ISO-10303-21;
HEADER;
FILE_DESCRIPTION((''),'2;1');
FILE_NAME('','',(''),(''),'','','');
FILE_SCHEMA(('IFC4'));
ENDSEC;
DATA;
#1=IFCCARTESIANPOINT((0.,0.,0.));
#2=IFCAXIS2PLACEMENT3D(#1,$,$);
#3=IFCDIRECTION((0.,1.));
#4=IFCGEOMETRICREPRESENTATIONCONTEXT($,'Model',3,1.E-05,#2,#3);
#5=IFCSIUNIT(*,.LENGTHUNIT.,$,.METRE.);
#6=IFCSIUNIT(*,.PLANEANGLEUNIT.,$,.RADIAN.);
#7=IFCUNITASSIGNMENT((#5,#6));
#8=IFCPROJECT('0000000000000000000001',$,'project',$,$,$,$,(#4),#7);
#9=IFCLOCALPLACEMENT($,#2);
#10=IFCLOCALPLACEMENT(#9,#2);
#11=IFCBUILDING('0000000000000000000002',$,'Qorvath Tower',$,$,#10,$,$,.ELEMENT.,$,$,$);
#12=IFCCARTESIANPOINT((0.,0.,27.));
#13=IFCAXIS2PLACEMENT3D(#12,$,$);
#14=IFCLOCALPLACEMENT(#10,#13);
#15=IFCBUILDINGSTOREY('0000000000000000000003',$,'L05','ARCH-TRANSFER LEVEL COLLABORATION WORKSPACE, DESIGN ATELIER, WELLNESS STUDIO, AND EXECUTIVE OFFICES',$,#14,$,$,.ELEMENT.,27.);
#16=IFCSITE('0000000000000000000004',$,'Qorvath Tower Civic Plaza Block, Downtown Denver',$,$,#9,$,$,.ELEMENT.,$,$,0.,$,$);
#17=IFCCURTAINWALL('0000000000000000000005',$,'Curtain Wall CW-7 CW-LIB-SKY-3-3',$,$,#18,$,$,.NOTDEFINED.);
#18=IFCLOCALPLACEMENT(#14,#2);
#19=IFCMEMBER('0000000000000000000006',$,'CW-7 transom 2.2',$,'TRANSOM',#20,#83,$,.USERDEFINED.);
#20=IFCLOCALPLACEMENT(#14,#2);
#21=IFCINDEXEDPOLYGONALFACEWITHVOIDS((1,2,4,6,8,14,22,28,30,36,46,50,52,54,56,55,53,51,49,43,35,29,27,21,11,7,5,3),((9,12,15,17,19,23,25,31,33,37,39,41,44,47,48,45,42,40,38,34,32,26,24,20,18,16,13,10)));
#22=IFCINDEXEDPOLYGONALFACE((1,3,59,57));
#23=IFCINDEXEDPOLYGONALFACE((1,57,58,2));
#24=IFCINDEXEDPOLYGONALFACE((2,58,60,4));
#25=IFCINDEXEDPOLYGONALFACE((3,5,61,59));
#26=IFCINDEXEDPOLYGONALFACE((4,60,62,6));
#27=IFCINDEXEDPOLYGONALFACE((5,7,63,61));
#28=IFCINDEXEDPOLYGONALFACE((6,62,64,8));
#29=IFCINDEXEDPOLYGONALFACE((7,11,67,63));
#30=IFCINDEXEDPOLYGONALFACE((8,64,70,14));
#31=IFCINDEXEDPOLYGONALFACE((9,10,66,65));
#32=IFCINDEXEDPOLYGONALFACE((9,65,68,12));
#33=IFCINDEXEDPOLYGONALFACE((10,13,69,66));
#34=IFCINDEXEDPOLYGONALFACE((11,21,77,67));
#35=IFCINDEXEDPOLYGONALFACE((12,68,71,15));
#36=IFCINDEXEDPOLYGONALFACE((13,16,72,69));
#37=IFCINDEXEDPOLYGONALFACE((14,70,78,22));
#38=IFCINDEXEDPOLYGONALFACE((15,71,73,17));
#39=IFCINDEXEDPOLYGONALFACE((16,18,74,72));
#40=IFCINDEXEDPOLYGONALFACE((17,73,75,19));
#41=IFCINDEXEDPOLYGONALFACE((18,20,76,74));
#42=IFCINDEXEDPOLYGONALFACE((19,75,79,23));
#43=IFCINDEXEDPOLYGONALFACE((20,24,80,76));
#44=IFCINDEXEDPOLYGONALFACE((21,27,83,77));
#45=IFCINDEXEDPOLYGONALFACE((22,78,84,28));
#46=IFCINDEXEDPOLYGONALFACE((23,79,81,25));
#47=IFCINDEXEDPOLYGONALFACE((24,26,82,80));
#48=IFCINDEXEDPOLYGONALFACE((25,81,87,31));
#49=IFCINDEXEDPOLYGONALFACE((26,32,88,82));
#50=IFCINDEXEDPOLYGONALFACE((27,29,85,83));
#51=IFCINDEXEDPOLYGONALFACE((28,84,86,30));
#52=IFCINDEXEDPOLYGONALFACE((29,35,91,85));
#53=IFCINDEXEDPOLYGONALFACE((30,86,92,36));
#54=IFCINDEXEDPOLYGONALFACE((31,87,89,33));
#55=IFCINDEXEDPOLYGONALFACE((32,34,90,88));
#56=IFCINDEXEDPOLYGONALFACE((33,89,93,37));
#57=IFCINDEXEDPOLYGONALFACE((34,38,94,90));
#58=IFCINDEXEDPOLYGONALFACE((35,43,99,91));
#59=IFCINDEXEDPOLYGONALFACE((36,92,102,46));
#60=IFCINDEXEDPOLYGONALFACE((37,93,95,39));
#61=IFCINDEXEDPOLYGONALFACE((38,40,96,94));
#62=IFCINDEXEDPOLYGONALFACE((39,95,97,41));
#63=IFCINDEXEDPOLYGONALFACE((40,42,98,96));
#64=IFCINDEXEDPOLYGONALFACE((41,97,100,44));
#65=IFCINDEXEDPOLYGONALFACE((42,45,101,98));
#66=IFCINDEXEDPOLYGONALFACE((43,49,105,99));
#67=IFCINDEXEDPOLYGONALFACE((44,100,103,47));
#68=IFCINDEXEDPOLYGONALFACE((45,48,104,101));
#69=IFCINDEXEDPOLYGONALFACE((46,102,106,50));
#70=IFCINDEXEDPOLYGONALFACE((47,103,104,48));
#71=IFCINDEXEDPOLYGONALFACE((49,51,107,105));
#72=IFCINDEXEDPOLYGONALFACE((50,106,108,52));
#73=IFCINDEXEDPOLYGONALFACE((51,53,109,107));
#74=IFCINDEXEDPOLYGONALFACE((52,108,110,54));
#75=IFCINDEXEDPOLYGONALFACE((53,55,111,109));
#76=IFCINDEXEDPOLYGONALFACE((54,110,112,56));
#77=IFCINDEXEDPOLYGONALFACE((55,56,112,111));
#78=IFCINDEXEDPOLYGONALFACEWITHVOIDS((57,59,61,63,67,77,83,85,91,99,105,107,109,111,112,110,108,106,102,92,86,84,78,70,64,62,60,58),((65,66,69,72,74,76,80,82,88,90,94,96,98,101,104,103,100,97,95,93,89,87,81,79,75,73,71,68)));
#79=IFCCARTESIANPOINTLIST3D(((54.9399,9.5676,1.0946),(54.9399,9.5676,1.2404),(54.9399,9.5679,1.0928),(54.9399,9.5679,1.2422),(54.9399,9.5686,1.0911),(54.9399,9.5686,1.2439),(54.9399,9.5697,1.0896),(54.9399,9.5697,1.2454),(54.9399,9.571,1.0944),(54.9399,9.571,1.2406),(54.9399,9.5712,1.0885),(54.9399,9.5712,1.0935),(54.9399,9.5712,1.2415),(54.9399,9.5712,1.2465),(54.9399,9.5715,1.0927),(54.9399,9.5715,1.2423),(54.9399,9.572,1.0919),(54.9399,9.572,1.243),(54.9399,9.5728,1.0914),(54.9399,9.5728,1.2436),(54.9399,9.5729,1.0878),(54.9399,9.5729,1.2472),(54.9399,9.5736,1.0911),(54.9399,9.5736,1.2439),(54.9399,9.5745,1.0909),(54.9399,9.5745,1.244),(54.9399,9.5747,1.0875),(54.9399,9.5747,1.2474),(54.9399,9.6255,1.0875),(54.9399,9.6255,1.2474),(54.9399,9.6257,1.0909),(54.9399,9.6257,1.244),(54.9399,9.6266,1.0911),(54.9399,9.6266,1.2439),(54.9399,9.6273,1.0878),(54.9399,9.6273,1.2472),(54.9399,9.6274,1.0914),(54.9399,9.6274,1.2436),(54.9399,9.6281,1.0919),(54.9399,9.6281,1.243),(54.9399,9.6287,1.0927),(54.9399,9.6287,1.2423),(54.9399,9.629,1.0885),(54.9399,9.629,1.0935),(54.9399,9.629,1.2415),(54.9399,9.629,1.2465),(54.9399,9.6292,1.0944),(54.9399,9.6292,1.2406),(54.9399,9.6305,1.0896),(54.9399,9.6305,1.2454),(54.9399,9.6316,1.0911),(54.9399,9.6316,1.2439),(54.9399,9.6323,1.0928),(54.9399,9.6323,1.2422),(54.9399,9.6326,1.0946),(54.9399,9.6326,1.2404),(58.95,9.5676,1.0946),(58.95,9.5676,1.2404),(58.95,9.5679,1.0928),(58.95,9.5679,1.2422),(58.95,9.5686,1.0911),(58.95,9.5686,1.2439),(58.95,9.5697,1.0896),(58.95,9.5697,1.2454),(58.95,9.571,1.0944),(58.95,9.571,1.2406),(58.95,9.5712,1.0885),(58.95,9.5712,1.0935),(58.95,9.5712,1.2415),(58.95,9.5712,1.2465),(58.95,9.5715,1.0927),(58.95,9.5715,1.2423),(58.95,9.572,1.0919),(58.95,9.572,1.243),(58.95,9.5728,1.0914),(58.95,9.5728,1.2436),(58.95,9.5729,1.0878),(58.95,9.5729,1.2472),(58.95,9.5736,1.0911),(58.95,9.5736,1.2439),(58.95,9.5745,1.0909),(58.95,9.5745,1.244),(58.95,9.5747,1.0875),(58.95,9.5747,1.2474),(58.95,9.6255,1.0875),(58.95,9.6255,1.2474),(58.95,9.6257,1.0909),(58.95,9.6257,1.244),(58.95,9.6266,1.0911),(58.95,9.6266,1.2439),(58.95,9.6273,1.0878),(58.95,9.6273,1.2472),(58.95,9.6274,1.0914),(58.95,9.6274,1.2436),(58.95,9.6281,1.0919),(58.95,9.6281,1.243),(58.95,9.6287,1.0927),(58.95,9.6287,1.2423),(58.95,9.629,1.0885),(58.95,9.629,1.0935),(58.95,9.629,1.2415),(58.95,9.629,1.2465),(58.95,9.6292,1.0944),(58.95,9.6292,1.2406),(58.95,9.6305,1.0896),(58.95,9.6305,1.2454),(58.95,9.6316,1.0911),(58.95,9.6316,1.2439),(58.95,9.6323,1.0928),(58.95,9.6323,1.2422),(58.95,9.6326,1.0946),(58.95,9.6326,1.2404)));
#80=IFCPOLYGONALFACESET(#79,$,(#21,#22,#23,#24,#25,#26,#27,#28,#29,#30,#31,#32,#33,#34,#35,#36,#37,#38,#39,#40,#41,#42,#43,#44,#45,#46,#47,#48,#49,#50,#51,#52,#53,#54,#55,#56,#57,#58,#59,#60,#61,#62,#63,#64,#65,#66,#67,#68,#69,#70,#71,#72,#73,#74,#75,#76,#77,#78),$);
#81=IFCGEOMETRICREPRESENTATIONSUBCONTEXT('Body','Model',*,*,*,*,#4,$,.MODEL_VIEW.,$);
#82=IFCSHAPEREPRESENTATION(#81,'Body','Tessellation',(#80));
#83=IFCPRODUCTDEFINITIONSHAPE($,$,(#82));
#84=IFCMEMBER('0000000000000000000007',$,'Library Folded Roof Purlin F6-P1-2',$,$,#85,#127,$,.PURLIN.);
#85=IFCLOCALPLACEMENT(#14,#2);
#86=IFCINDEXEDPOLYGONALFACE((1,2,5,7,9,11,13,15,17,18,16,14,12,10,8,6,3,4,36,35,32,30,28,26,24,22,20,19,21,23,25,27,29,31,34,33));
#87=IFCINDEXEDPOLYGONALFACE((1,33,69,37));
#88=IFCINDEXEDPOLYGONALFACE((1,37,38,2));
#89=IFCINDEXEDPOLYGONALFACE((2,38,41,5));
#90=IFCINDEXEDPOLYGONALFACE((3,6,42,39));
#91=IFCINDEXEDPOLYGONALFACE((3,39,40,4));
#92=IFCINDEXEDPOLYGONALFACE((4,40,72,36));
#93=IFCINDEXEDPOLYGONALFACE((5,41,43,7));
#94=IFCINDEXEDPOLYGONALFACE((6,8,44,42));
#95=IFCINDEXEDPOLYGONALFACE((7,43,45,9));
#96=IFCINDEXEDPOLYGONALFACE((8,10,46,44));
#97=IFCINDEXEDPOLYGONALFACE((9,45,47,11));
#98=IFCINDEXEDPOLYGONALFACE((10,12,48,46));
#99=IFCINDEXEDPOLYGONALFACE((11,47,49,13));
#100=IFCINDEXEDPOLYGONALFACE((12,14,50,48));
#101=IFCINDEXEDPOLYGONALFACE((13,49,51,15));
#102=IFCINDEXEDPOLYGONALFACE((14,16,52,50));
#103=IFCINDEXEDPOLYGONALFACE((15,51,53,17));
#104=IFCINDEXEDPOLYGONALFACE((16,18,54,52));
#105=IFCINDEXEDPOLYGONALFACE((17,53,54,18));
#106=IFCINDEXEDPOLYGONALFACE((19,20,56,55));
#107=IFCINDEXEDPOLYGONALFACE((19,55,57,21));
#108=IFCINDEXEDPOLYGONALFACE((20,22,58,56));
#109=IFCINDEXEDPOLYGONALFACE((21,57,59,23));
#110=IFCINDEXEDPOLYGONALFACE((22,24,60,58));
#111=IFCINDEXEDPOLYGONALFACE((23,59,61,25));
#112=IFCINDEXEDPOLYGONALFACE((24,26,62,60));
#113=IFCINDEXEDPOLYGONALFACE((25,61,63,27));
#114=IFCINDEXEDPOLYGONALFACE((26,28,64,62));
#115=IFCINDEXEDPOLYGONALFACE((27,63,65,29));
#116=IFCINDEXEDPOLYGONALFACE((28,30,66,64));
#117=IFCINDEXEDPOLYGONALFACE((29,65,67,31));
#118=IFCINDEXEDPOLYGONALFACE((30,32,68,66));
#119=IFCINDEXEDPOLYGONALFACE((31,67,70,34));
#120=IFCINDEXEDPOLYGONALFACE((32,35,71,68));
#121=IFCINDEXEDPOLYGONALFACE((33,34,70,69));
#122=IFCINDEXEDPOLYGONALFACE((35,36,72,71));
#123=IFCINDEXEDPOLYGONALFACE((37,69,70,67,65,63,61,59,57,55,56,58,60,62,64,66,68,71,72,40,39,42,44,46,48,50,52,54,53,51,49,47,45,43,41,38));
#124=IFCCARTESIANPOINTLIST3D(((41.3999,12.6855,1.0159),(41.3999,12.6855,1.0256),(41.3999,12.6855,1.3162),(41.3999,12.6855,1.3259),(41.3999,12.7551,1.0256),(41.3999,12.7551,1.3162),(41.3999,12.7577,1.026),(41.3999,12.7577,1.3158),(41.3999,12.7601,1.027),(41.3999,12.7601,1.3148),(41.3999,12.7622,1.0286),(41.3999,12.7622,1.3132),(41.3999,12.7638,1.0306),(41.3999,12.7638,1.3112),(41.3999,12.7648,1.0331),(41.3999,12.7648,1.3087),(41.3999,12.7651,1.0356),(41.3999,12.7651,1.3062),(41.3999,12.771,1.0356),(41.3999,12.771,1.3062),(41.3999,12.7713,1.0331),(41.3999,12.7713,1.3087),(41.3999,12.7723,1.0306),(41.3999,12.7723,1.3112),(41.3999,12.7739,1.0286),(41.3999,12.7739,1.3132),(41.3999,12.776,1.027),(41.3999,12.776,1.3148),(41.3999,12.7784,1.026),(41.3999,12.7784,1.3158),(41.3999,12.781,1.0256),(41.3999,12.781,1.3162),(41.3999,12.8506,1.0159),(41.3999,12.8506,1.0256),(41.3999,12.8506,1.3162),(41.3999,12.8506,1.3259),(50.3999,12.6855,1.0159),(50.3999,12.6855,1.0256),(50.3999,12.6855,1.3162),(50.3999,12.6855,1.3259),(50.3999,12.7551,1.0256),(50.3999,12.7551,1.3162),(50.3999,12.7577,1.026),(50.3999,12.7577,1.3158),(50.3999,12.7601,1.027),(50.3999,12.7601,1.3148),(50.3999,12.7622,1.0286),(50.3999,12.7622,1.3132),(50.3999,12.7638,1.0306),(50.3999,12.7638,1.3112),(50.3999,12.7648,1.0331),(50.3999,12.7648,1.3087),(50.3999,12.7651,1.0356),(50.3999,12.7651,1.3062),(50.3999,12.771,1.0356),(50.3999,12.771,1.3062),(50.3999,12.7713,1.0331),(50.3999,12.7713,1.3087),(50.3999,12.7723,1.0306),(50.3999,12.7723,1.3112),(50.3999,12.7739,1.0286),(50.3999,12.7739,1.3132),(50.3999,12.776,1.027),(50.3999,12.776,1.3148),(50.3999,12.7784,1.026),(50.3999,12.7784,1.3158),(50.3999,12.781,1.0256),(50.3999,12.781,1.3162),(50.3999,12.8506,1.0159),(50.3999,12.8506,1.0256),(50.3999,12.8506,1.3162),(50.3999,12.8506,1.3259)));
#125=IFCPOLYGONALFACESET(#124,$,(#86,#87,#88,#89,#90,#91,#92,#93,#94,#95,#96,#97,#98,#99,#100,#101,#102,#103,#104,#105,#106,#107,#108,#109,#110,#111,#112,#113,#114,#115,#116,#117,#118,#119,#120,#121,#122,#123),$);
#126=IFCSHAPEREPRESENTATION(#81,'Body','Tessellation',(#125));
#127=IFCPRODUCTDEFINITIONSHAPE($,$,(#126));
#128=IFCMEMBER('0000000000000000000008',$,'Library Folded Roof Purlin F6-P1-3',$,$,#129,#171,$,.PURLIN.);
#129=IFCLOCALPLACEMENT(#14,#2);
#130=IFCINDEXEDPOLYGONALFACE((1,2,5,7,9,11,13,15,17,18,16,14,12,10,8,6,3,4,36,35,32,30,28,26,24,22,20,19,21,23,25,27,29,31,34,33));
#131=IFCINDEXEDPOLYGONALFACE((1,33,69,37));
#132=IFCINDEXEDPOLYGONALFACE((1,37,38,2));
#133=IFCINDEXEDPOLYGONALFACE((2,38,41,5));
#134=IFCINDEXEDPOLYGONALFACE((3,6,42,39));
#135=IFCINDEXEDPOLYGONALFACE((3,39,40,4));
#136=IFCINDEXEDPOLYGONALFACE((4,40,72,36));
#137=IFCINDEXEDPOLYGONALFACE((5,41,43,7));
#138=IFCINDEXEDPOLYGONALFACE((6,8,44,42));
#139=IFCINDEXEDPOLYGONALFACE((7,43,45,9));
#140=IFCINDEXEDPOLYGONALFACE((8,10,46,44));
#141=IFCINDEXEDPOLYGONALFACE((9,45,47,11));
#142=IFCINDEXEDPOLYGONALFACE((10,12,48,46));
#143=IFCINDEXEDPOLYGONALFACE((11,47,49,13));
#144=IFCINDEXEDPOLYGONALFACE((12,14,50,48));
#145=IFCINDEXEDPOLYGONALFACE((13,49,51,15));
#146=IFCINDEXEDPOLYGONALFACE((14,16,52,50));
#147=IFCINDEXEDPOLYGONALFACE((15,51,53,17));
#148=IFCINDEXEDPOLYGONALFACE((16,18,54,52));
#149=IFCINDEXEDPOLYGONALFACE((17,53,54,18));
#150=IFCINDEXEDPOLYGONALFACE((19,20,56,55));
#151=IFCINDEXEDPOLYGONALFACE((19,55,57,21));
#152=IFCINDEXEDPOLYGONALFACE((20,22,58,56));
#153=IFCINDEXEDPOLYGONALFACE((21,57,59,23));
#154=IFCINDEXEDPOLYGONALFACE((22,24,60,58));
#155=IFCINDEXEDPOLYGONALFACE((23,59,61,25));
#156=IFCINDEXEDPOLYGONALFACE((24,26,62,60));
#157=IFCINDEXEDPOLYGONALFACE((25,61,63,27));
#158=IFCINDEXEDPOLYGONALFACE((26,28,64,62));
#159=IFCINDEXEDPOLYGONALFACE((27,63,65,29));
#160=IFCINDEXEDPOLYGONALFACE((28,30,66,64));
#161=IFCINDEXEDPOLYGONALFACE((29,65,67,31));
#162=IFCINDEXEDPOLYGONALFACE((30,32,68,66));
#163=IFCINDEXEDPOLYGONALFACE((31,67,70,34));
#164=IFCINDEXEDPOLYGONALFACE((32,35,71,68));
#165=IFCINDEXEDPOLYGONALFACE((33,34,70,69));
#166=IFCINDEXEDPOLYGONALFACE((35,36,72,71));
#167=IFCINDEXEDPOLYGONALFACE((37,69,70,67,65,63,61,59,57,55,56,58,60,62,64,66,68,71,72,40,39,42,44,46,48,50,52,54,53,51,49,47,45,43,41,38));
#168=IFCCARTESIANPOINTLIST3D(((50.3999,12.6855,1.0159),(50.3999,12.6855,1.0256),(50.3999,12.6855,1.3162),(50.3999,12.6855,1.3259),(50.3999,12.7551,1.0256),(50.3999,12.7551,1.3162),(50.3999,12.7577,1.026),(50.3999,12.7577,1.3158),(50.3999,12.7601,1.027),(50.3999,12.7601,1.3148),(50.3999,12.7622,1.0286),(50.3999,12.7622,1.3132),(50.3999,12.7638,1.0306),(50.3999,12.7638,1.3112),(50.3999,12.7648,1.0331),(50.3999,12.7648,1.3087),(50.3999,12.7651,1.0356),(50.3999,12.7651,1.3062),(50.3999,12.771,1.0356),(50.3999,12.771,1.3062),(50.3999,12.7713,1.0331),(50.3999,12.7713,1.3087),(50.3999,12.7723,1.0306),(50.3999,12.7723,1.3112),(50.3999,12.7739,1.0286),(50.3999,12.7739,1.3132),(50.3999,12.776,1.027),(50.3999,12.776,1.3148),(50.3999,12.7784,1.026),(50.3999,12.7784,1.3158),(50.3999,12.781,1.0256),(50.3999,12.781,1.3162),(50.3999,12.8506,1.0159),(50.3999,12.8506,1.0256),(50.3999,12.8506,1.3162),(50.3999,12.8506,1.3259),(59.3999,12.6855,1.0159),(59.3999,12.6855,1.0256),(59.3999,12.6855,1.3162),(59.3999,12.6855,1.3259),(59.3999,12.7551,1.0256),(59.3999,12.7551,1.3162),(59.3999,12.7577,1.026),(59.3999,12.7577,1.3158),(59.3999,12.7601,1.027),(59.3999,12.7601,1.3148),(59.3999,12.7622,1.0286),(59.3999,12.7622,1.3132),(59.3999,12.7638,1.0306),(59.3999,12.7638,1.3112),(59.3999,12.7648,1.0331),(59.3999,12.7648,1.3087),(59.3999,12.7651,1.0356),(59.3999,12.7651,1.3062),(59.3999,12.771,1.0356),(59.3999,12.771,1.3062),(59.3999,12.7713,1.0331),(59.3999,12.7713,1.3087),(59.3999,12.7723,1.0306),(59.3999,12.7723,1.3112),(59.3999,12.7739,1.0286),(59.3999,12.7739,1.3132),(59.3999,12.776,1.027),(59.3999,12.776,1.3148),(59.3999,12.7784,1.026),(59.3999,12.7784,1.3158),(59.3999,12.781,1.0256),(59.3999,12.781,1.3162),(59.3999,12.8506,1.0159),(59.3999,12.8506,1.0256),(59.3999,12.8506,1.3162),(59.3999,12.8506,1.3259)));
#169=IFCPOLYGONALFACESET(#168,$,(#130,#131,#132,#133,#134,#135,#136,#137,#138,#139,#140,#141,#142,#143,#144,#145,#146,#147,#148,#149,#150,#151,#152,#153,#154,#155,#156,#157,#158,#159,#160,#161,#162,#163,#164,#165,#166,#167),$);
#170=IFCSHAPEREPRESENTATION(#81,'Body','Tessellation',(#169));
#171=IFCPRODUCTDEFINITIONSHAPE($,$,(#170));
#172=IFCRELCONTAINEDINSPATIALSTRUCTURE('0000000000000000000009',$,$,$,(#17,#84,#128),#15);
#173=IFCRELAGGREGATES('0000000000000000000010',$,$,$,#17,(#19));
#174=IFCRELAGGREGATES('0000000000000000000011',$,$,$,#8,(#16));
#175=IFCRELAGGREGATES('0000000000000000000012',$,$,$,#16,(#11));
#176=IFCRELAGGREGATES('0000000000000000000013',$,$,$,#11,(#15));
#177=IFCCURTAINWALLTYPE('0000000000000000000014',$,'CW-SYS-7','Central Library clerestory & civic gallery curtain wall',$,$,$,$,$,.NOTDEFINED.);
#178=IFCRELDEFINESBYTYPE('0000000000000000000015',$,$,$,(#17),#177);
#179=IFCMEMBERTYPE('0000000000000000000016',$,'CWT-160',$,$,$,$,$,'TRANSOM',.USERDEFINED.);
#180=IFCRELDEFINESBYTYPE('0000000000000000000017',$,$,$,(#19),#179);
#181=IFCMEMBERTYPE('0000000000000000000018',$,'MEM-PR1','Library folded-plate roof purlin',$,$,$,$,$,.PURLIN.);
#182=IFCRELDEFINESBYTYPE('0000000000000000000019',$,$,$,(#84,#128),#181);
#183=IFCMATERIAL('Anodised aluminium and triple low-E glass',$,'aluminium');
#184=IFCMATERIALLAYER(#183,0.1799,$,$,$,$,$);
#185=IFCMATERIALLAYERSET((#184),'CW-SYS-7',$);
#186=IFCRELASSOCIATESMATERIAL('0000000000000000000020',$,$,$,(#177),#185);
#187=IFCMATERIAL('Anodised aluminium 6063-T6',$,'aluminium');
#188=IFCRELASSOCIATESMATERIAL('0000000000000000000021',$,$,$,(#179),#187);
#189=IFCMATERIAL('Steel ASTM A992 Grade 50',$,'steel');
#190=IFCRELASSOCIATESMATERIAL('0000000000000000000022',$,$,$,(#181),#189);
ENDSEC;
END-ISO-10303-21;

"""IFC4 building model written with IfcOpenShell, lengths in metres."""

from ifc_helpers import new_model, si_unit, direction, frame, origin, origin_2d, place, context, subcontext, project, spatial, hollow_rectangle, i_section, extrude, material, layer, layer_set, material_profile, profile_set, type_object, element, aggregate, save


model = new_model("IFC4")

# Units and contexts
model_context = context("Model", 3, precision=1e-05, world=origin(), true_north=direction((0.0, 1.0)))
body_context = subcontext(model_context, "Body", "Model", "MODEL_VIEW")
ifc_project = project(units=[si_unit("LENGTHUNIT", "METRE"), si_unit("PLANEANGLEUNIT", "RADIAN")], contexts=[model_context])

# Site, building, storey
site_placement = place(None, origin())
site = spatial("IfcSite", under=ifc_project, at=site_placement, Name="Qorvath Tower Civic Plaza Block, Downtown Denver", CompositionType="ELEMENT", RefElevation=0.0)
building_placement = place(site_placement, origin())
building = spatial("IfcBuilding", under=site, at=building_placement, Name="Qorvath Tower", CompositionType="ELEMENT")
storey_placement = place(building_placement, frame((0.0, 0.0, 27.0)))
storey = spatial("IfcBuildingStorey", under=building, at=storey_placement, Name="L05", Description="ARCH-TRANSFER LEVEL COLLABORATION WORKSPACE, DESIGN ATELIER, WELLNESS STUDIO, AND EXECUTIVE OFFICES", CompositionType="ELEMENT", Elevation=27.0)

# Curtain wall, member
ifc_material_1 = material(Name="Anodised aluminium and triple low-E glass", Category="aluminium")
ifc_layer_1 = layer(ifc_material_1, 0.1799)
ifc_layer_set_1 = layer_set([ifc_layer_1], Name="CW-SYS-7")
curtain_wall_type = type_object("IfcCurtainWallType", Name="CW-SYS-7", Description="Central Library clerestory & civic gallery curtain wall", PredefinedType="NOTDEFINED", material=ifc_layer_set_1)
curtain_wall_placement = place(storey_placement, origin())
curtain_wall = element("IfcCurtainWall", 1, at=curtain_wall_placement, inside=storey, type_object=curtain_wall_type, Name="Curtain Wall CW-7 CW-LIB-SKY-3-3", PredefinedType="NOTDEFINED")
ifc_material_2 = material(Name="Anodised aluminium 6063-T6", Category="aluminium")
ifc_material_profile_1 = material_profile(ifc_material_2, hollow_rectangle(XDim=0.0649, YDim=0.1599, WallThickness=0.0034, InnerFilletRadius=0.0034, OuterFilletRadius=0.0071, at=origin_2d()), Name="CWT 160x65")
ifc_profile_set_1 = profile_set([ifc_material_profile_1], Name="Anodised aluminium 6063-T6")
member_type_1 = type_object("IfcMemberType", Name="CWT-160", ElementType="TRANSOM", PredefinedType="USERDEFINED", material=ifc_profile_set_1)
member_1_placement = place(storey_placement, frame((54.9399, 9.6001, 1.1675), z_axis=(1.0, 0.0, 0.0), x_axis=(0.0, 1.0, 0.0)))
member_1 = element("IfcMember", 2, at=member_1_placement, type_object=member_type_1, Name="CW-7 transom 2.2", ObjectType="TRANSOM", PredefinedType="USERDEFINED", context=body_context, shape_type="SweptSolid", body=[
    extrude(hollow_rectangle(XDim=0.0649, YDim=0.1599, WallThickness=0.0034, InnerFilletRadius=0.0034, OuterFilletRadius=0.0071, at=origin_2d()), origin(), (0.0, 0.0, 1.0), 4.01),
])

# Members
ifc_material_3 = material(Name="Steel ASTM A992 Grade 50", Category="steel")
ifc_material_profile_2 = material_profile(ifc_material_3, i_section(OverallWidth=0.165, OverallDepth=0.3101, WebThickness=0.0059, FlangeThickness=0.0098, FilletRadius=0.01, at=origin_2d()), Name="W12x26")
ifc_profile_set_2 = profile_set([ifc_material_profile_2], Name="Steel ASTM A992 Grade 50")
member_type_2 = type_object("IfcMemberType", Name="MEM-PR1", Description="Library folded-plate roof purlin", PredefinedType="PURLIN", material=ifc_profile_set_2)
for number, where, z_axis, x_axis, name in (
    (3, (41.3999, 12.7681, 1.1709), (1.0, 0.0, 0.0), (0.0, 1.0, 0.0), "Library Folded Roof Purlin F6-P1-2"),
    (4, (50.3999, 12.7681, 1.1709), (1.0, 0.0, 0.0), (0.0, 1.0, 0.0), "Library Folded Roof Purlin F6-P1-3"),
):
    element("IfcMember", number, at=place(storey_placement, frame(where, z_axis=z_axis, x_axis=x_axis)), inside=storey, type_object=member_type_2, Name=name, PredefinedType="PURLIN", context=body_context, shape_type="SweptSolid", body=[
        extrude(i_section(OverallWidth=0.165, OverallDepth=0.3101, WebThickness=0.0059, FlangeThickness=0.0098, FilletRadius=0.01, at=origin_2d()), origin(), (0.0, 0.0, 1.0), 9.0),
    ])

aggregate(curtain_wall, [member_1])

save(model, "model.ifc")
